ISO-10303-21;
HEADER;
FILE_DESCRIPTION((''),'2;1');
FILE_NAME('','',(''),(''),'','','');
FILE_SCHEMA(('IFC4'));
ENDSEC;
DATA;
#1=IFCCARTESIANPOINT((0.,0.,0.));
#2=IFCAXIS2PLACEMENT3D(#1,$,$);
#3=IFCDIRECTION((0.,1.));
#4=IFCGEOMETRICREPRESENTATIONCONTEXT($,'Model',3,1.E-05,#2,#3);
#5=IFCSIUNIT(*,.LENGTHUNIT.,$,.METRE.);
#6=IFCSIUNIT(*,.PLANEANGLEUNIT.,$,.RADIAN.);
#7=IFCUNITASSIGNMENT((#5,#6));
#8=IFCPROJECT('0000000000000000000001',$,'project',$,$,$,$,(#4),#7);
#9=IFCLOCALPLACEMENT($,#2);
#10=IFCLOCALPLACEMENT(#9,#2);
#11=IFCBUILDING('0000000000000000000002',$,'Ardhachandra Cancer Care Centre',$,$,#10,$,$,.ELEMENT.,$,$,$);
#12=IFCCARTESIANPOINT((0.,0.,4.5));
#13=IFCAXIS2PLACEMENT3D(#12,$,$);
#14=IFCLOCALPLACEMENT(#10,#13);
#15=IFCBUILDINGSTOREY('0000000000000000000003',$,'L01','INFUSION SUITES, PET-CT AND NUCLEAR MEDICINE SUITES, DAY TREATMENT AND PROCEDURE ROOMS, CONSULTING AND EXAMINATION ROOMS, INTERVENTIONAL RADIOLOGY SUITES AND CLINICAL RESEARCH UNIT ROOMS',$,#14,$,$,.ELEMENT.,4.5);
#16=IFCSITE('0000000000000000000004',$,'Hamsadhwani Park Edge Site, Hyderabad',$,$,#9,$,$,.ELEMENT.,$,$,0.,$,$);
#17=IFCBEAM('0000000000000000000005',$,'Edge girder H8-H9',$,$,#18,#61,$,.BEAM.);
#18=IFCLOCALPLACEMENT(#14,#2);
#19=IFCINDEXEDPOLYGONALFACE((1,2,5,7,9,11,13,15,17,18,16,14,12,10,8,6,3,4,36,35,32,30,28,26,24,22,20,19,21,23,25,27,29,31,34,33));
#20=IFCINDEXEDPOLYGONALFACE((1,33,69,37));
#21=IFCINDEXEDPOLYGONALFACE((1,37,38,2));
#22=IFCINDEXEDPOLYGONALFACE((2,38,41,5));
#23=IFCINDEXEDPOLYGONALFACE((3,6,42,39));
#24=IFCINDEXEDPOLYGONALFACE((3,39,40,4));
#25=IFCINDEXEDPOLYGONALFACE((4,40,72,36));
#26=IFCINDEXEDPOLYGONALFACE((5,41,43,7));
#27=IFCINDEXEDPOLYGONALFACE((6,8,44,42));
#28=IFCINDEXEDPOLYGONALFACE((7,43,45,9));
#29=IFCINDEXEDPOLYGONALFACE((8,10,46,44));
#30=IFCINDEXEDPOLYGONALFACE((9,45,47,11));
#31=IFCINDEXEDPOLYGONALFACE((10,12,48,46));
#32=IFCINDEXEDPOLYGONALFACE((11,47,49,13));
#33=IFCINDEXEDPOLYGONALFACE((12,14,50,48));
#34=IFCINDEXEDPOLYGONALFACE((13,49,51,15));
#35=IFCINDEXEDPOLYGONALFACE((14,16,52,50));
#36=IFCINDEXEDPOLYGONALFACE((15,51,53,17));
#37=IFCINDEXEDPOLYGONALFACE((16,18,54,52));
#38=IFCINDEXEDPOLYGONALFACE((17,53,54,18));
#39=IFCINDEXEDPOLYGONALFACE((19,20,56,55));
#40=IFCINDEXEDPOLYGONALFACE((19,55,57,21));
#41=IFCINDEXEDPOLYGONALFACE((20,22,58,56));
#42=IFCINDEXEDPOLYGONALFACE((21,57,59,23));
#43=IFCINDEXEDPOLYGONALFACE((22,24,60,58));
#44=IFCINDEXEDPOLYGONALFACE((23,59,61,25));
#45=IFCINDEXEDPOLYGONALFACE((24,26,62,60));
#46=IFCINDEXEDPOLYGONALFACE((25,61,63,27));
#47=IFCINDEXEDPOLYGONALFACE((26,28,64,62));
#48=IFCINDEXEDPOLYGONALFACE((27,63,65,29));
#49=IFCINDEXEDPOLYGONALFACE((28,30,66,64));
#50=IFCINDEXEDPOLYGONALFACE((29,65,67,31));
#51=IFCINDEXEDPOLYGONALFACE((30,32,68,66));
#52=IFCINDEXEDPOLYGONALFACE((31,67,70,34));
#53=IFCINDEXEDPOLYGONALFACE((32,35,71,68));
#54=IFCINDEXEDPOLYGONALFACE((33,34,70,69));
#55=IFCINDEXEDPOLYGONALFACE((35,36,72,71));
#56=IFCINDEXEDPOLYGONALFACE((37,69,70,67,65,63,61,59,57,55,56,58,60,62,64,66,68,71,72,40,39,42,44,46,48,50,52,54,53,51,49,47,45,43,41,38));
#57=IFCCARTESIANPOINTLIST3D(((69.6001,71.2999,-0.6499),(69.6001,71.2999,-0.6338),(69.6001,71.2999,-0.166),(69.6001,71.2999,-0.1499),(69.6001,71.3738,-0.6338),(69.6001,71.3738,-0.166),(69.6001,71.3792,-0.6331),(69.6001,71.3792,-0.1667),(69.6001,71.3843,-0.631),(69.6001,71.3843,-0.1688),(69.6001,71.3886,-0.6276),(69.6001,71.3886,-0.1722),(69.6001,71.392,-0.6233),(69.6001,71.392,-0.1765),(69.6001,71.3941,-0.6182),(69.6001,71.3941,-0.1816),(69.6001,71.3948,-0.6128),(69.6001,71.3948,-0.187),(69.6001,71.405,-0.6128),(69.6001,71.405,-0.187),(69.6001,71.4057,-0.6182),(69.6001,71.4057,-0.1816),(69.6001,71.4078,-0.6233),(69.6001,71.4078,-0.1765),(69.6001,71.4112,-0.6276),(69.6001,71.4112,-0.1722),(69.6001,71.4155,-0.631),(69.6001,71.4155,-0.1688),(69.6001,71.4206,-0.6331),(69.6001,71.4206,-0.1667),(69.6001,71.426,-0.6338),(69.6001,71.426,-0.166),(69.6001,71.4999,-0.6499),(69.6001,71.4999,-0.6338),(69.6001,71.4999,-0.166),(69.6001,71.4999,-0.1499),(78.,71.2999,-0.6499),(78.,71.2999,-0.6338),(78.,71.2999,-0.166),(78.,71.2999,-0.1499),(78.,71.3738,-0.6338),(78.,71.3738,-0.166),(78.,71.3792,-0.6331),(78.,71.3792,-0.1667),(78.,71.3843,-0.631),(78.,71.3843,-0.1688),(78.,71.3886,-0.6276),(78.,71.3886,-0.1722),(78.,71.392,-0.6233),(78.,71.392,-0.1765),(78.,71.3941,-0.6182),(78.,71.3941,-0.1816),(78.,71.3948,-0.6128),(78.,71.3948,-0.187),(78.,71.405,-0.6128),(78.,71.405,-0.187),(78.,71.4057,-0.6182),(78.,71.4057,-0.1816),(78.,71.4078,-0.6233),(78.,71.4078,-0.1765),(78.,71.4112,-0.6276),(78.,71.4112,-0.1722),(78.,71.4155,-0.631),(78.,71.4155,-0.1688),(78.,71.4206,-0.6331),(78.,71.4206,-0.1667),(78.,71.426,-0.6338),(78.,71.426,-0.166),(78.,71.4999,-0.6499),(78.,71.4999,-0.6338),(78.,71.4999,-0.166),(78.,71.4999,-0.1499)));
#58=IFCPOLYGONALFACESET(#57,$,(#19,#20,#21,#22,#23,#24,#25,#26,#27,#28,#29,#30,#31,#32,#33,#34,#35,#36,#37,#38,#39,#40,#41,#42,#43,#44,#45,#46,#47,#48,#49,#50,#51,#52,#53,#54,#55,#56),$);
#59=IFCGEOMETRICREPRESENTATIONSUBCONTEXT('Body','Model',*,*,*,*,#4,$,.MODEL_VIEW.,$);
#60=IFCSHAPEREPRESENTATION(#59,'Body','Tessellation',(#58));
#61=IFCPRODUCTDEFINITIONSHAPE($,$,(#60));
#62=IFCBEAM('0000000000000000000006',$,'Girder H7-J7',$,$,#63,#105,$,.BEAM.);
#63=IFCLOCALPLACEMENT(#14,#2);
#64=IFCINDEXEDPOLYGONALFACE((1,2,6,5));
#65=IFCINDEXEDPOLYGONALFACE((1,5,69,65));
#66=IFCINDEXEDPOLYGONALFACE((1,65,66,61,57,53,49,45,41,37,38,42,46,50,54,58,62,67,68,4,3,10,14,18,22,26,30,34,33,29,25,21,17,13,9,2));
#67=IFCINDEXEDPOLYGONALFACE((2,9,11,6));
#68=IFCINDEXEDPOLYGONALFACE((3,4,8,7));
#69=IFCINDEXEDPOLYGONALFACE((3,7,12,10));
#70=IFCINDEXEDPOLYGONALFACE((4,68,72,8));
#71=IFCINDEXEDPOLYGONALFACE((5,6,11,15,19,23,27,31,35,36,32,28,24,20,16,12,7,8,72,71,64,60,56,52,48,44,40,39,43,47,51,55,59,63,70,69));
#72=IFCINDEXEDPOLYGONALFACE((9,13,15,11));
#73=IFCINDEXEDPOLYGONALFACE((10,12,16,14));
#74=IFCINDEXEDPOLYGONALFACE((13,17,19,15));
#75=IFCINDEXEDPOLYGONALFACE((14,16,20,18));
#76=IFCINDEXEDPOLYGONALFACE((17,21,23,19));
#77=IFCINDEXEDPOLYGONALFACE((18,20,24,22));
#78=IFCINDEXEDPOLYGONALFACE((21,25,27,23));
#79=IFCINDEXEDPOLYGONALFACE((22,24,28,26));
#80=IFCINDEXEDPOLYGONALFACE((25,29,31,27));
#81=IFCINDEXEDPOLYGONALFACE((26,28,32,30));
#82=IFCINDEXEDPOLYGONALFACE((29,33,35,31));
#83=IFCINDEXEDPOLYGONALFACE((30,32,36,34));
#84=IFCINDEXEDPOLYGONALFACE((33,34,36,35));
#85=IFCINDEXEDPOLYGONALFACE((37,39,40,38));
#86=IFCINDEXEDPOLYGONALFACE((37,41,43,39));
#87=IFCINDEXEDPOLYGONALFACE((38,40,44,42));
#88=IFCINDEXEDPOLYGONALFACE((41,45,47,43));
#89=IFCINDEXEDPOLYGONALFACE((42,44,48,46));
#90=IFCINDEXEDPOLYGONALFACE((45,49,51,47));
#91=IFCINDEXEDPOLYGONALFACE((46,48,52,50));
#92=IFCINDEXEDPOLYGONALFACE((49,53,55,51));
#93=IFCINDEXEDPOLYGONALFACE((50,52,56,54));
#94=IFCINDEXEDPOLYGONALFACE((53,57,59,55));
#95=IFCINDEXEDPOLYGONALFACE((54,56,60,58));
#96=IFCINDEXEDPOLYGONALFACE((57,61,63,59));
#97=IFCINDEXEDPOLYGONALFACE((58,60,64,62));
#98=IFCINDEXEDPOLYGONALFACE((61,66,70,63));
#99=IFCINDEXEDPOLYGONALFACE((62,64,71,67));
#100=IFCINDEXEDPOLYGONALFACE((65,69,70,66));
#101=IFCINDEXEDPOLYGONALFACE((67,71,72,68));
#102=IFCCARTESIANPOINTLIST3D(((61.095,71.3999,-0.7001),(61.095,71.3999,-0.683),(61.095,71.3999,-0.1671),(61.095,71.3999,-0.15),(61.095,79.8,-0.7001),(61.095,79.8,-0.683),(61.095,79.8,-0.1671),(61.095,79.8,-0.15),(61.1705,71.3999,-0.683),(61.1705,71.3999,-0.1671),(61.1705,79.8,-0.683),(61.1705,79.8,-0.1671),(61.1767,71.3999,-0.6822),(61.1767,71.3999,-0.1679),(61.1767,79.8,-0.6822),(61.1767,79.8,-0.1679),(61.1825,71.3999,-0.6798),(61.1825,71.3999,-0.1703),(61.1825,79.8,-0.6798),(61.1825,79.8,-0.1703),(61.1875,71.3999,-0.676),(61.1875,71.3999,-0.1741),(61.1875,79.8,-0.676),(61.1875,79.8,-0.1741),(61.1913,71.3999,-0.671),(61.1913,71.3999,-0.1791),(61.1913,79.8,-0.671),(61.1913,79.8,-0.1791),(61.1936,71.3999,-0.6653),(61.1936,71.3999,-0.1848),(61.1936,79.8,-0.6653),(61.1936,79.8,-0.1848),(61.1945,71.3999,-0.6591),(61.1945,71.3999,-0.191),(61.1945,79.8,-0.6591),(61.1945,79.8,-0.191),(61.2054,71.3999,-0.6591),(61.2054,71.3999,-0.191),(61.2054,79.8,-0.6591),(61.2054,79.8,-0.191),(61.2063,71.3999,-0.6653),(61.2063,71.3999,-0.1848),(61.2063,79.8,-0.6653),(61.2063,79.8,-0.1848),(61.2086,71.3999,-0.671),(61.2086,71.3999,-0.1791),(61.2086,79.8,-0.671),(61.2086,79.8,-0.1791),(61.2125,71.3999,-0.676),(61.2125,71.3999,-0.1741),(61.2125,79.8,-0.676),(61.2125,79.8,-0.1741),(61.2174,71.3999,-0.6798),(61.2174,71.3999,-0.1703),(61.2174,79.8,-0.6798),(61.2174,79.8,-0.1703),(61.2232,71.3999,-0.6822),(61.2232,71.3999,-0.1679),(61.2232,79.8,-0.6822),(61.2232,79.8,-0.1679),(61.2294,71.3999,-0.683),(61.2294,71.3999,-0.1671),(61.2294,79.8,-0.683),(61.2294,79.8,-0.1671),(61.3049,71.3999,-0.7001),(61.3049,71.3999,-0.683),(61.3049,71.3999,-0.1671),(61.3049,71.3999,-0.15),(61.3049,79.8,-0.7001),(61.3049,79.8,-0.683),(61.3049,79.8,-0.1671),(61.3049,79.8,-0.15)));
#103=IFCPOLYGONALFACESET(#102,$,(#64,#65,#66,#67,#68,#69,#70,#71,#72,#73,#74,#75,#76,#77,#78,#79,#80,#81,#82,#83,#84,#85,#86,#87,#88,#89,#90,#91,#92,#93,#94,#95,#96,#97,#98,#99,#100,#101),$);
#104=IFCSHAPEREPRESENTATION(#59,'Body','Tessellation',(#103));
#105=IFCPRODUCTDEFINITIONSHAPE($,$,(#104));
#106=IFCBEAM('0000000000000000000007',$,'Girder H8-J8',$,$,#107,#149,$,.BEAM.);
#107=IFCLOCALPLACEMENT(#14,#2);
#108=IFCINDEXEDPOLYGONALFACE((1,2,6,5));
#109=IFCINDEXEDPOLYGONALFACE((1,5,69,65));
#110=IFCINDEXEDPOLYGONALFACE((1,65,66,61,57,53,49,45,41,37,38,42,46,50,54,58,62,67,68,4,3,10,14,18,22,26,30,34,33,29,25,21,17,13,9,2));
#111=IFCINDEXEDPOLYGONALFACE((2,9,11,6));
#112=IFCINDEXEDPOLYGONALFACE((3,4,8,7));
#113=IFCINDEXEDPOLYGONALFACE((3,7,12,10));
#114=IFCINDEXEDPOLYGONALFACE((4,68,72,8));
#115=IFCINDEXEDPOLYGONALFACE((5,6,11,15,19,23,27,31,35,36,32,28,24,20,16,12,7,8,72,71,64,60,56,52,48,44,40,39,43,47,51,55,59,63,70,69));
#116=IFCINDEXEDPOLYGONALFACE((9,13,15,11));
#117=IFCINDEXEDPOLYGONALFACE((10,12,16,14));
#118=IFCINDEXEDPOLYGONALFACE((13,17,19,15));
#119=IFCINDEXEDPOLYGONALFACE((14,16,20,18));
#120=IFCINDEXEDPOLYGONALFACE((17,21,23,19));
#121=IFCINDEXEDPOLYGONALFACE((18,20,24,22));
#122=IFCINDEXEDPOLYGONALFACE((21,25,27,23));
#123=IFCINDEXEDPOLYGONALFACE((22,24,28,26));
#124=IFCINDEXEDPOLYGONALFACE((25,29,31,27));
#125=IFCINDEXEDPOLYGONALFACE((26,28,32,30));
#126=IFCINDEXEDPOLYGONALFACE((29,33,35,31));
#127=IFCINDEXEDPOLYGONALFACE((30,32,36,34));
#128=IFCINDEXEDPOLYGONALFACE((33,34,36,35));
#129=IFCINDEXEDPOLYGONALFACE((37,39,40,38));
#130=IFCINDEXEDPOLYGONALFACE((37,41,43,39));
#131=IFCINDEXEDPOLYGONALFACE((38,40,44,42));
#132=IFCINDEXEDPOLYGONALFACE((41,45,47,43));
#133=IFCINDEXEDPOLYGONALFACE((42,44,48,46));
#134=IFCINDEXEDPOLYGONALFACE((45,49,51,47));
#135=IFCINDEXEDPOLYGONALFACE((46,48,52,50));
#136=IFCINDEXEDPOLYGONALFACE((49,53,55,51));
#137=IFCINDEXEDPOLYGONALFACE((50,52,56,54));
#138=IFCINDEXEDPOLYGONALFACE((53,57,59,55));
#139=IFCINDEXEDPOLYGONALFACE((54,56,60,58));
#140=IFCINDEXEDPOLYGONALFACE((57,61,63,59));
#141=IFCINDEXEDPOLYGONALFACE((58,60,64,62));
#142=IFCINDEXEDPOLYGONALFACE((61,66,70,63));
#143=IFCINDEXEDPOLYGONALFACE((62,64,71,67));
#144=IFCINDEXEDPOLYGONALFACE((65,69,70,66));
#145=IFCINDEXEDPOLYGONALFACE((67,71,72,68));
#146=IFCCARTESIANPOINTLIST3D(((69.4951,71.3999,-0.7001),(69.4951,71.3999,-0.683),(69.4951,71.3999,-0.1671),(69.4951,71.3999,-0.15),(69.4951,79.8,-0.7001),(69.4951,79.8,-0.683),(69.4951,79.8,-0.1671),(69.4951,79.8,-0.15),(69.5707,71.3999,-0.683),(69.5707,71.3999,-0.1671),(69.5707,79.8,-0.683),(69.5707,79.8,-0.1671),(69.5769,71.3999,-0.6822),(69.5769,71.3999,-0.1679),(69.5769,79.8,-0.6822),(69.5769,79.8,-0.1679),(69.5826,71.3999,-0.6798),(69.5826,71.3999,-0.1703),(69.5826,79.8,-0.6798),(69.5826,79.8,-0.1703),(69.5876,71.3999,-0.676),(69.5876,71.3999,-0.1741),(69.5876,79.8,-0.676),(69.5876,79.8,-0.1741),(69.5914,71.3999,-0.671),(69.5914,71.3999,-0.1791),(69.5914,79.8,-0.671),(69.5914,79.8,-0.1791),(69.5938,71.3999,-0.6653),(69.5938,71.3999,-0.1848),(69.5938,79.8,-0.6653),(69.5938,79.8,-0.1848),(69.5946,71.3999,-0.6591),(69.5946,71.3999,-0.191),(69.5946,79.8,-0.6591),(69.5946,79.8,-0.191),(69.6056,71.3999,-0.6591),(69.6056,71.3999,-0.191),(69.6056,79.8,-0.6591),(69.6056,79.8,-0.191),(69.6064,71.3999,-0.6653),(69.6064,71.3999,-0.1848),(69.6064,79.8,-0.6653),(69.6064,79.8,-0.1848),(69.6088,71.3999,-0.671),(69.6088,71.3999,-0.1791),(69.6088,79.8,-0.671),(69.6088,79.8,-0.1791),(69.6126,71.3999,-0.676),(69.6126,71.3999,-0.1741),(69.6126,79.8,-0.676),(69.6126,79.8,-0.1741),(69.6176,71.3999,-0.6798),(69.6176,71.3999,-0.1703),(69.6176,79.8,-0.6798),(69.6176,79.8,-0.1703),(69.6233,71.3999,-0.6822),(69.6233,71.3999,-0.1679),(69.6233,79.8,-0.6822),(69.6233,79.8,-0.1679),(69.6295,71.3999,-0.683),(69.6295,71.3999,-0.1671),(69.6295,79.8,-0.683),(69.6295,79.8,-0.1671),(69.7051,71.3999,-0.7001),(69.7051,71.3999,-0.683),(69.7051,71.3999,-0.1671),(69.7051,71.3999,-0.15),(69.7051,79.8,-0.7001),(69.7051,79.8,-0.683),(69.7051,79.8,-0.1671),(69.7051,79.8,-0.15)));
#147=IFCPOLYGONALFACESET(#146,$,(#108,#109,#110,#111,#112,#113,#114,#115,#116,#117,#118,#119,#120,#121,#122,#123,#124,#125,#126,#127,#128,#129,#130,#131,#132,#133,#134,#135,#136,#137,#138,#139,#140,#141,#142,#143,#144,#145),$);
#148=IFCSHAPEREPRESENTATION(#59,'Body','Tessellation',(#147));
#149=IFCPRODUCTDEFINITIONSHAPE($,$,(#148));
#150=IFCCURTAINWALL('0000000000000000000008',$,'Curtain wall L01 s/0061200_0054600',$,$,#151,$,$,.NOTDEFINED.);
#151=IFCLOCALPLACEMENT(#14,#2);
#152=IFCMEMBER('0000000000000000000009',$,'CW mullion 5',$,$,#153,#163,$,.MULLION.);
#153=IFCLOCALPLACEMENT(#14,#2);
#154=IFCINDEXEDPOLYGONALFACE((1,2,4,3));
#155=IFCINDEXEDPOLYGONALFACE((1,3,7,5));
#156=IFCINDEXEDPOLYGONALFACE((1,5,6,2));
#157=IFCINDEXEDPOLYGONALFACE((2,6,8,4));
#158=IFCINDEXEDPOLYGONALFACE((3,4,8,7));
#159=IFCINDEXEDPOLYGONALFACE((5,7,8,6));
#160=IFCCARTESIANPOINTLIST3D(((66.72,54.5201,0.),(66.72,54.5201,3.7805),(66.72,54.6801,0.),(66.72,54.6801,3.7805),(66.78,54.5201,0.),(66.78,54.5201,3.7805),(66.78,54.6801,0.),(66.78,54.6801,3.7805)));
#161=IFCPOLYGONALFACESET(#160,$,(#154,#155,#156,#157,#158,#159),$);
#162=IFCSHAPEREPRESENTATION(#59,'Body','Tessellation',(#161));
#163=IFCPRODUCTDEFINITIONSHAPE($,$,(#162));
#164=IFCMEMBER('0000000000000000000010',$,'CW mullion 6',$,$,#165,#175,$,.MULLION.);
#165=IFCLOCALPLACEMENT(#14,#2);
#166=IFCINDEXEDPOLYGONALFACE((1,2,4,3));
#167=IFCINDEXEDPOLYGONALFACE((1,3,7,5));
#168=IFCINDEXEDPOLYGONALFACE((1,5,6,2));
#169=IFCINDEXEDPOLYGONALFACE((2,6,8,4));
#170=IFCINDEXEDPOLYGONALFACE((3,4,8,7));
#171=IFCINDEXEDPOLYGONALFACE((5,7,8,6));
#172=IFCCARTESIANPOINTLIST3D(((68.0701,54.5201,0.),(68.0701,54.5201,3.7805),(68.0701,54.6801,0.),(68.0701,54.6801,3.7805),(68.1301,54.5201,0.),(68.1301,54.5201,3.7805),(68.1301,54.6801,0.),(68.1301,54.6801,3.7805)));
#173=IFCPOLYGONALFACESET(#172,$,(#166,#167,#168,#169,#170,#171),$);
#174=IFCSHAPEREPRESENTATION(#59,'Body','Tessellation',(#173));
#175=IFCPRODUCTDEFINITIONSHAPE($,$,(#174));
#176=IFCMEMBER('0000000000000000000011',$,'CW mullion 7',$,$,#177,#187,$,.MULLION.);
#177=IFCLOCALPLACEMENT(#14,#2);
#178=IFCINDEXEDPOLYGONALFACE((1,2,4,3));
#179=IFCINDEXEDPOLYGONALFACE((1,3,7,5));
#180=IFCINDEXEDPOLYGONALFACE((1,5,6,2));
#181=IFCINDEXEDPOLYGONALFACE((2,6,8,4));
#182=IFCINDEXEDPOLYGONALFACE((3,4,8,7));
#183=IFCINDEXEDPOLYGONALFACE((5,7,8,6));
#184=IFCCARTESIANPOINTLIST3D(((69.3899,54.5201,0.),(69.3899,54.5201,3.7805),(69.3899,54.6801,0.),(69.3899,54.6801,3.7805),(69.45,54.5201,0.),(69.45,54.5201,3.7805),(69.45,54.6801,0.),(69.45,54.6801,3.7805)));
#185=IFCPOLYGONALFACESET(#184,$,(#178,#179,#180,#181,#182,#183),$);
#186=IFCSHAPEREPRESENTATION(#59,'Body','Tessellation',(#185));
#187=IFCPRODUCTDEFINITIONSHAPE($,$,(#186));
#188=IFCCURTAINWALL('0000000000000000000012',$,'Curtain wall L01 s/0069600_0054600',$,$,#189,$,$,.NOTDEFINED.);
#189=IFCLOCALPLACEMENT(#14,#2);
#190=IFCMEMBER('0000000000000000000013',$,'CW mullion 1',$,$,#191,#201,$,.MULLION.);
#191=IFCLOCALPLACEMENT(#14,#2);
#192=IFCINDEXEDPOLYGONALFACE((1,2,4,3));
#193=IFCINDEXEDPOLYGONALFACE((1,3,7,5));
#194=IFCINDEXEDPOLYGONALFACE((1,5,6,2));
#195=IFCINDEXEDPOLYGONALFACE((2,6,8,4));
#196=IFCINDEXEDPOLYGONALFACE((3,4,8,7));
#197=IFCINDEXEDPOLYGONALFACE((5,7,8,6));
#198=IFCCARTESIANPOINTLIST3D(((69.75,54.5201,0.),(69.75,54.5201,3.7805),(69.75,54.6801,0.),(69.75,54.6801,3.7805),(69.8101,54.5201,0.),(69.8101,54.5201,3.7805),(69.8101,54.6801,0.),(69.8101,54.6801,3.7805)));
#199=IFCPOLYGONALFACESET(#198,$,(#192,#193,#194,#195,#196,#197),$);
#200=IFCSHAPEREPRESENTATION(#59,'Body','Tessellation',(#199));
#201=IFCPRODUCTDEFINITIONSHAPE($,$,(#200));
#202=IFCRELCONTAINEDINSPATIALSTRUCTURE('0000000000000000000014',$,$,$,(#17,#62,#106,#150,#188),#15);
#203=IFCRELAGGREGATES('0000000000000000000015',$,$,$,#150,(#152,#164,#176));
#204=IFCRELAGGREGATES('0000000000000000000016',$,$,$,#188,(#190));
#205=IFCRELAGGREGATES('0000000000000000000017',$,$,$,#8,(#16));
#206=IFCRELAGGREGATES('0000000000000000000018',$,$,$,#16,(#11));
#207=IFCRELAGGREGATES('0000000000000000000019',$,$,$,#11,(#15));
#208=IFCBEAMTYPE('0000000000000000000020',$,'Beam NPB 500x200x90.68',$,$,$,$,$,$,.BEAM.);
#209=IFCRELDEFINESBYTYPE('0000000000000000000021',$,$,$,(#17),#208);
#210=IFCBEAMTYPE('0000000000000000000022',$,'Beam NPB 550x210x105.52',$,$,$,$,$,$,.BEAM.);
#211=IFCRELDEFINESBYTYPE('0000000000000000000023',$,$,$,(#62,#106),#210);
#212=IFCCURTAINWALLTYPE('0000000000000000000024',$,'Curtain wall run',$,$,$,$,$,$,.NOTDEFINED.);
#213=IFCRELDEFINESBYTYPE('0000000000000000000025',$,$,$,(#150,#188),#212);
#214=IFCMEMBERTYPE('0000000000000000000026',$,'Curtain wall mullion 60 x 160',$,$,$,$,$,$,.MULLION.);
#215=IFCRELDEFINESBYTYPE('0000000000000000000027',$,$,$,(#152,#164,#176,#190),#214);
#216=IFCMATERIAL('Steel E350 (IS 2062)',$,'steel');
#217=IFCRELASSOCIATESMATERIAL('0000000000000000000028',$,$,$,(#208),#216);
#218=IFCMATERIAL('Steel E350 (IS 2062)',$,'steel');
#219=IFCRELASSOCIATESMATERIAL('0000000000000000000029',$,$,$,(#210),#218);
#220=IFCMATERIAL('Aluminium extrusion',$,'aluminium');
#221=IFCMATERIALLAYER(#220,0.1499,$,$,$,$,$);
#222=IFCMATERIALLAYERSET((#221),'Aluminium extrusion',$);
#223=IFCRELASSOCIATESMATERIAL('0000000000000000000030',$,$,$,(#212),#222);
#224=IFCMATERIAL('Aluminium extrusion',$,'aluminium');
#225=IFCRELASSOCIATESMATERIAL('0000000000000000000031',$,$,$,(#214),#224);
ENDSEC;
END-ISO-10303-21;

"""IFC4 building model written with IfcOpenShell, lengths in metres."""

from ifc_helpers import new_model, si_unit, direction, frame, origin, origin_2d, place, context, subcontext, project, spatial, rectangle, i_section, extrude, material, layer, layer_set, material_profile, profile_set, type_object, element, aggregate, save


model = new_model("IFC4")

# Units and contexts
model_context = context("Model", 3, precision=1e-05, world=origin(), true_north=direction((0.0, 1.0)))
body_context = subcontext(model_context, "Body", "Model", "MODEL_VIEW")
ifc_project = project(units=[si_unit("LENGTHUNIT", "METRE"), si_unit("PLANEANGLEUNIT", "RADIAN")], contexts=[model_context])

# Site, building, storey
site_placement = place(None, origin())
site = spatial("IfcSite", under=ifc_project, at=site_placement, Name="Hamsadhwani Park Edge Site, Hyderabad", CompositionType="ELEMENT", RefElevation=0.0)
building_placement = place(site_placement, origin())
building = spatial("IfcBuilding", under=site, at=building_placement, Name="Ardhachandra Cancer Care Centre", CompositionType="ELEMENT")
storey_placement = place(building_placement, frame((0.0, 0.0, 4.5)))
storey = spatial("IfcBuildingStorey", under=building, at=storey_placement, Name="L01", Description="INFUSION SUITES, PET-CT AND NUCLEAR MEDICINE SUITES, DAY TREATMENT AND PROCEDURE ROOMS, CONSULTING AND EXAMINATION ROOMS, INTERVENTIONAL RADIOLOGY SUITES AND CLINICAL RESEARCH UNIT ROOMS", CompositionType="ELEMENT", Elevation=4.5)

# Beams
ifc_material_1 = material(Name="Steel E350 (IS 2062)", Category="steel")
ifc_material_profile_1 = material_profile(ifc_material_1, i_section(OverallWidth=0.2, OverallDepth=0.5, WebThickness=0.0103, FlangeThickness=0.0161, FilletRadius=0.021, at=origin_2d()), Name="NPB 500x200x90.68")
ifc_profile_set_1 = profile_set([ifc_material_profile_1], Name="Steel E350 (IS 2062)")
beam_type_1 = type_object("IfcBeamType", Name="Beam NPB 500x200x90.68", PredefinedType="BEAM", material=ifc_profile_set_1)
beam_1_placement = place(storey_placement, frame((69.6001, 71.3999, -0.3999), z_axis=(1.0, 0.0, 0.0), x_axis=(0.0, 1.0, 0.0)))
element("IfcBeam", 1, at=beam_1_placement, inside=storey, type_object=beam_type_1, Name="Edge girder H8-H9", PredefinedType="BEAM", context=body_context, shape_type="SweptSolid", body=[
    extrude(i_section(OverallWidth=0.2, OverallDepth=0.5, WebThickness=0.0103, FlangeThickness=0.0161, FilletRadius=0.021, at=origin_2d()), origin(), (0.0, 0.0, 1.0), 8.3999),
])
ifc_material_2 = material(Name="Steel E350 (IS 2062)", Category="steel")
ifc_material_profile_2 = material_profile(ifc_material_2, i_section(OverallWidth=0.21, OverallDepth=0.55, WebThickness=0.011, FlangeThickness=0.0171, FilletRadius=0.0239, at=origin_2d()), Name="NPB 550x210x105.52")
ifc_profile_set_2 = profile_set([ifc_material_profile_2], Name="Steel E350 (IS 2062)")
beam_type_2 = type_object("IfcBeamType", Name="Beam NPB 550x210x105.52", PredefinedType="BEAM", material=ifc_profile_set_2)
for number, where, z_axis, x_axis, name in (
    (2, (61.2, 71.3999, -0.425), (0.0, 1.0, 0.0), (-1.0, 0.0, 0.0), "Girder H7-J7"),
    (3, (69.6001, 71.3999, -0.425), (0.0, 1.0, 0.0), (-1.0, 0.0, 0.0), "Girder H8-J8"),
):
    element("IfcBeam", number, at=place(storey_placement, frame(where, z_axis=z_axis, x_axis=x_axis)), inside=storey, type_object=beam_type_2, Name=name, PredefinedType="BEAM", context=body_context, shape_type="SweptSolid", body=[
        extrude(i_section(OverallWidth=0.21, OverallDepth=0.55, WebThickness=0.011, FlangeThickness=0.0171, FilletRadius=0.0239, at=origin_2d()), origin(), (0.0, 0.0, 1.0), 8.4001),
    ])

# Curtain walls, members
ifc_material_3 = material(Name="Aluminium extrusion", Category="aluminium")
ifc_layer_1 = layer(ifc_material_3, 0.1499)
ifc_layer_set_1 = layer_set([ifc_layer_1], Name="Aluminium extrusion")
curtain_wall_type = type_object("IfcCurtainWallType", Name="Curtain wall run", PredefinedType="NOTDEFINED", material=ifc_layer_set_1)
curtain_wall_1_placement = place(storey_placement, origin())
curtain_wall_1 = element("IfcCurtainWall", 4, at=curtain_wall_1_placement, inside=storey, type_object=curtain_wall_type, Name="Curtain wall L01 s/0061200_0054600", PredefinedType="NOTDEFINED")
ifc_material_4 = material(Name="Aluminium extrusion", Category="aluminium")
ifc_material_profile_3 = material_profile(ifc_material_4, rectangle(XDim=0.1599, YDim=0.0601, at=origin_2d()), Name="Curtain wall mullion 60 x 160")
ifc_profile_set_3 = profile_set([ifc_material_profile_3], Name="Aluminium extrusion")
member_type_1 = type_object("IfcMemberType", Name="Curtain wall mullion 60 x 160", PredefinedType="MULLION", material=ifc_profile_set_3)
member_1_placement = place(storey_placement, frame((66.75, 54.6001, 0.0), z_axis=(0.0, 0.0, 1.0), x_axis=(0.0, 1.0, 0.0)))
member_1 = element("IfcMember", 5, at=member_1_placement, type_object=member_type_1, Name="CW mullion 5", PredefinedType="MULLION", context=body_context, shape_type="SweptSolid", body=[
    extrude(rectangle(XDim=0.1599, YDim=0.0601, at=origin_2d()), origin(), (0.0, 0.0, 1.0), 3.7805),
])
member_2_placement = place(storey_placement, frame((68.1001, 54.6001, 0.0), z_axis=(0.0, 0.0, 1.0), x_axis=(0.0, 1.0, 0.0)))
member_2 = element("IfcMember", 6, at=member_2_placement, type_object=member_type_1, Name="CW mullion 6", PredefinedType="MULLION", context=body_context, shape_type="SweptSolid", body=[
    extrude(rectangle(XDim=0.1599, YDim=0.0601, at=origin_2d()), origin(), (0.0, 0.0, 1.0), 3.7805),
])
member_3_placement = place(storey_placement, frame((69.4199, 54.6001, 0.0), z_axis=(0.0, 0.0, 1.0), x_axis=(0.0, 1.0, 0.0)))
member_3 = element("IfcMember", 7, at=member_3_placement, type_object=member_type_1, Name="CW mullion 7", PredefinedType="MULLION", context=body_context, shape_type="SweptSolid", body=[
    extrude(rectangle(XDim=0.1599, YDim=0.0601, at=origin_2d()), origin(), (0.0, 0.0, 1.0), 3.7805),
])
curtain_wall_2_placement = place(storey_placement, origin())
curtain_wall_2 = element("IfcCurtainWall", 8, at=curtain_wall_2_placement, inside=storey, type_object=curtain_wall_type, Name="Curtain wall L01 s/0069600_0054600", PredefinedType="NOTDEFINED")
member_4_placement = place(storey_placement, frame((69.78, 54.6001, 0.0), z_axis=(0.0, 0.0, 1.0), x_axis=(0.0, 1.0, 0.0)))
member_4 = element("IfcMember", 9, at=member_4_placement, type_object=member_type_1, Name="CW mullion 1", PredefinedType="MULLION", context=body_context, shape_type="SweptSolid", body=[
    extrude(rectangle(XDim=0.1599, YDim=0.0601, at=origin_2d()), origin(), (0.0, 0.0, 1.0), 3.7805),
])

aggregate(curtain_wall_1, [member_1, member_2, member_3])
aggregate(curtain_wall_2, [member_4])

save(model, "model.ifc")
